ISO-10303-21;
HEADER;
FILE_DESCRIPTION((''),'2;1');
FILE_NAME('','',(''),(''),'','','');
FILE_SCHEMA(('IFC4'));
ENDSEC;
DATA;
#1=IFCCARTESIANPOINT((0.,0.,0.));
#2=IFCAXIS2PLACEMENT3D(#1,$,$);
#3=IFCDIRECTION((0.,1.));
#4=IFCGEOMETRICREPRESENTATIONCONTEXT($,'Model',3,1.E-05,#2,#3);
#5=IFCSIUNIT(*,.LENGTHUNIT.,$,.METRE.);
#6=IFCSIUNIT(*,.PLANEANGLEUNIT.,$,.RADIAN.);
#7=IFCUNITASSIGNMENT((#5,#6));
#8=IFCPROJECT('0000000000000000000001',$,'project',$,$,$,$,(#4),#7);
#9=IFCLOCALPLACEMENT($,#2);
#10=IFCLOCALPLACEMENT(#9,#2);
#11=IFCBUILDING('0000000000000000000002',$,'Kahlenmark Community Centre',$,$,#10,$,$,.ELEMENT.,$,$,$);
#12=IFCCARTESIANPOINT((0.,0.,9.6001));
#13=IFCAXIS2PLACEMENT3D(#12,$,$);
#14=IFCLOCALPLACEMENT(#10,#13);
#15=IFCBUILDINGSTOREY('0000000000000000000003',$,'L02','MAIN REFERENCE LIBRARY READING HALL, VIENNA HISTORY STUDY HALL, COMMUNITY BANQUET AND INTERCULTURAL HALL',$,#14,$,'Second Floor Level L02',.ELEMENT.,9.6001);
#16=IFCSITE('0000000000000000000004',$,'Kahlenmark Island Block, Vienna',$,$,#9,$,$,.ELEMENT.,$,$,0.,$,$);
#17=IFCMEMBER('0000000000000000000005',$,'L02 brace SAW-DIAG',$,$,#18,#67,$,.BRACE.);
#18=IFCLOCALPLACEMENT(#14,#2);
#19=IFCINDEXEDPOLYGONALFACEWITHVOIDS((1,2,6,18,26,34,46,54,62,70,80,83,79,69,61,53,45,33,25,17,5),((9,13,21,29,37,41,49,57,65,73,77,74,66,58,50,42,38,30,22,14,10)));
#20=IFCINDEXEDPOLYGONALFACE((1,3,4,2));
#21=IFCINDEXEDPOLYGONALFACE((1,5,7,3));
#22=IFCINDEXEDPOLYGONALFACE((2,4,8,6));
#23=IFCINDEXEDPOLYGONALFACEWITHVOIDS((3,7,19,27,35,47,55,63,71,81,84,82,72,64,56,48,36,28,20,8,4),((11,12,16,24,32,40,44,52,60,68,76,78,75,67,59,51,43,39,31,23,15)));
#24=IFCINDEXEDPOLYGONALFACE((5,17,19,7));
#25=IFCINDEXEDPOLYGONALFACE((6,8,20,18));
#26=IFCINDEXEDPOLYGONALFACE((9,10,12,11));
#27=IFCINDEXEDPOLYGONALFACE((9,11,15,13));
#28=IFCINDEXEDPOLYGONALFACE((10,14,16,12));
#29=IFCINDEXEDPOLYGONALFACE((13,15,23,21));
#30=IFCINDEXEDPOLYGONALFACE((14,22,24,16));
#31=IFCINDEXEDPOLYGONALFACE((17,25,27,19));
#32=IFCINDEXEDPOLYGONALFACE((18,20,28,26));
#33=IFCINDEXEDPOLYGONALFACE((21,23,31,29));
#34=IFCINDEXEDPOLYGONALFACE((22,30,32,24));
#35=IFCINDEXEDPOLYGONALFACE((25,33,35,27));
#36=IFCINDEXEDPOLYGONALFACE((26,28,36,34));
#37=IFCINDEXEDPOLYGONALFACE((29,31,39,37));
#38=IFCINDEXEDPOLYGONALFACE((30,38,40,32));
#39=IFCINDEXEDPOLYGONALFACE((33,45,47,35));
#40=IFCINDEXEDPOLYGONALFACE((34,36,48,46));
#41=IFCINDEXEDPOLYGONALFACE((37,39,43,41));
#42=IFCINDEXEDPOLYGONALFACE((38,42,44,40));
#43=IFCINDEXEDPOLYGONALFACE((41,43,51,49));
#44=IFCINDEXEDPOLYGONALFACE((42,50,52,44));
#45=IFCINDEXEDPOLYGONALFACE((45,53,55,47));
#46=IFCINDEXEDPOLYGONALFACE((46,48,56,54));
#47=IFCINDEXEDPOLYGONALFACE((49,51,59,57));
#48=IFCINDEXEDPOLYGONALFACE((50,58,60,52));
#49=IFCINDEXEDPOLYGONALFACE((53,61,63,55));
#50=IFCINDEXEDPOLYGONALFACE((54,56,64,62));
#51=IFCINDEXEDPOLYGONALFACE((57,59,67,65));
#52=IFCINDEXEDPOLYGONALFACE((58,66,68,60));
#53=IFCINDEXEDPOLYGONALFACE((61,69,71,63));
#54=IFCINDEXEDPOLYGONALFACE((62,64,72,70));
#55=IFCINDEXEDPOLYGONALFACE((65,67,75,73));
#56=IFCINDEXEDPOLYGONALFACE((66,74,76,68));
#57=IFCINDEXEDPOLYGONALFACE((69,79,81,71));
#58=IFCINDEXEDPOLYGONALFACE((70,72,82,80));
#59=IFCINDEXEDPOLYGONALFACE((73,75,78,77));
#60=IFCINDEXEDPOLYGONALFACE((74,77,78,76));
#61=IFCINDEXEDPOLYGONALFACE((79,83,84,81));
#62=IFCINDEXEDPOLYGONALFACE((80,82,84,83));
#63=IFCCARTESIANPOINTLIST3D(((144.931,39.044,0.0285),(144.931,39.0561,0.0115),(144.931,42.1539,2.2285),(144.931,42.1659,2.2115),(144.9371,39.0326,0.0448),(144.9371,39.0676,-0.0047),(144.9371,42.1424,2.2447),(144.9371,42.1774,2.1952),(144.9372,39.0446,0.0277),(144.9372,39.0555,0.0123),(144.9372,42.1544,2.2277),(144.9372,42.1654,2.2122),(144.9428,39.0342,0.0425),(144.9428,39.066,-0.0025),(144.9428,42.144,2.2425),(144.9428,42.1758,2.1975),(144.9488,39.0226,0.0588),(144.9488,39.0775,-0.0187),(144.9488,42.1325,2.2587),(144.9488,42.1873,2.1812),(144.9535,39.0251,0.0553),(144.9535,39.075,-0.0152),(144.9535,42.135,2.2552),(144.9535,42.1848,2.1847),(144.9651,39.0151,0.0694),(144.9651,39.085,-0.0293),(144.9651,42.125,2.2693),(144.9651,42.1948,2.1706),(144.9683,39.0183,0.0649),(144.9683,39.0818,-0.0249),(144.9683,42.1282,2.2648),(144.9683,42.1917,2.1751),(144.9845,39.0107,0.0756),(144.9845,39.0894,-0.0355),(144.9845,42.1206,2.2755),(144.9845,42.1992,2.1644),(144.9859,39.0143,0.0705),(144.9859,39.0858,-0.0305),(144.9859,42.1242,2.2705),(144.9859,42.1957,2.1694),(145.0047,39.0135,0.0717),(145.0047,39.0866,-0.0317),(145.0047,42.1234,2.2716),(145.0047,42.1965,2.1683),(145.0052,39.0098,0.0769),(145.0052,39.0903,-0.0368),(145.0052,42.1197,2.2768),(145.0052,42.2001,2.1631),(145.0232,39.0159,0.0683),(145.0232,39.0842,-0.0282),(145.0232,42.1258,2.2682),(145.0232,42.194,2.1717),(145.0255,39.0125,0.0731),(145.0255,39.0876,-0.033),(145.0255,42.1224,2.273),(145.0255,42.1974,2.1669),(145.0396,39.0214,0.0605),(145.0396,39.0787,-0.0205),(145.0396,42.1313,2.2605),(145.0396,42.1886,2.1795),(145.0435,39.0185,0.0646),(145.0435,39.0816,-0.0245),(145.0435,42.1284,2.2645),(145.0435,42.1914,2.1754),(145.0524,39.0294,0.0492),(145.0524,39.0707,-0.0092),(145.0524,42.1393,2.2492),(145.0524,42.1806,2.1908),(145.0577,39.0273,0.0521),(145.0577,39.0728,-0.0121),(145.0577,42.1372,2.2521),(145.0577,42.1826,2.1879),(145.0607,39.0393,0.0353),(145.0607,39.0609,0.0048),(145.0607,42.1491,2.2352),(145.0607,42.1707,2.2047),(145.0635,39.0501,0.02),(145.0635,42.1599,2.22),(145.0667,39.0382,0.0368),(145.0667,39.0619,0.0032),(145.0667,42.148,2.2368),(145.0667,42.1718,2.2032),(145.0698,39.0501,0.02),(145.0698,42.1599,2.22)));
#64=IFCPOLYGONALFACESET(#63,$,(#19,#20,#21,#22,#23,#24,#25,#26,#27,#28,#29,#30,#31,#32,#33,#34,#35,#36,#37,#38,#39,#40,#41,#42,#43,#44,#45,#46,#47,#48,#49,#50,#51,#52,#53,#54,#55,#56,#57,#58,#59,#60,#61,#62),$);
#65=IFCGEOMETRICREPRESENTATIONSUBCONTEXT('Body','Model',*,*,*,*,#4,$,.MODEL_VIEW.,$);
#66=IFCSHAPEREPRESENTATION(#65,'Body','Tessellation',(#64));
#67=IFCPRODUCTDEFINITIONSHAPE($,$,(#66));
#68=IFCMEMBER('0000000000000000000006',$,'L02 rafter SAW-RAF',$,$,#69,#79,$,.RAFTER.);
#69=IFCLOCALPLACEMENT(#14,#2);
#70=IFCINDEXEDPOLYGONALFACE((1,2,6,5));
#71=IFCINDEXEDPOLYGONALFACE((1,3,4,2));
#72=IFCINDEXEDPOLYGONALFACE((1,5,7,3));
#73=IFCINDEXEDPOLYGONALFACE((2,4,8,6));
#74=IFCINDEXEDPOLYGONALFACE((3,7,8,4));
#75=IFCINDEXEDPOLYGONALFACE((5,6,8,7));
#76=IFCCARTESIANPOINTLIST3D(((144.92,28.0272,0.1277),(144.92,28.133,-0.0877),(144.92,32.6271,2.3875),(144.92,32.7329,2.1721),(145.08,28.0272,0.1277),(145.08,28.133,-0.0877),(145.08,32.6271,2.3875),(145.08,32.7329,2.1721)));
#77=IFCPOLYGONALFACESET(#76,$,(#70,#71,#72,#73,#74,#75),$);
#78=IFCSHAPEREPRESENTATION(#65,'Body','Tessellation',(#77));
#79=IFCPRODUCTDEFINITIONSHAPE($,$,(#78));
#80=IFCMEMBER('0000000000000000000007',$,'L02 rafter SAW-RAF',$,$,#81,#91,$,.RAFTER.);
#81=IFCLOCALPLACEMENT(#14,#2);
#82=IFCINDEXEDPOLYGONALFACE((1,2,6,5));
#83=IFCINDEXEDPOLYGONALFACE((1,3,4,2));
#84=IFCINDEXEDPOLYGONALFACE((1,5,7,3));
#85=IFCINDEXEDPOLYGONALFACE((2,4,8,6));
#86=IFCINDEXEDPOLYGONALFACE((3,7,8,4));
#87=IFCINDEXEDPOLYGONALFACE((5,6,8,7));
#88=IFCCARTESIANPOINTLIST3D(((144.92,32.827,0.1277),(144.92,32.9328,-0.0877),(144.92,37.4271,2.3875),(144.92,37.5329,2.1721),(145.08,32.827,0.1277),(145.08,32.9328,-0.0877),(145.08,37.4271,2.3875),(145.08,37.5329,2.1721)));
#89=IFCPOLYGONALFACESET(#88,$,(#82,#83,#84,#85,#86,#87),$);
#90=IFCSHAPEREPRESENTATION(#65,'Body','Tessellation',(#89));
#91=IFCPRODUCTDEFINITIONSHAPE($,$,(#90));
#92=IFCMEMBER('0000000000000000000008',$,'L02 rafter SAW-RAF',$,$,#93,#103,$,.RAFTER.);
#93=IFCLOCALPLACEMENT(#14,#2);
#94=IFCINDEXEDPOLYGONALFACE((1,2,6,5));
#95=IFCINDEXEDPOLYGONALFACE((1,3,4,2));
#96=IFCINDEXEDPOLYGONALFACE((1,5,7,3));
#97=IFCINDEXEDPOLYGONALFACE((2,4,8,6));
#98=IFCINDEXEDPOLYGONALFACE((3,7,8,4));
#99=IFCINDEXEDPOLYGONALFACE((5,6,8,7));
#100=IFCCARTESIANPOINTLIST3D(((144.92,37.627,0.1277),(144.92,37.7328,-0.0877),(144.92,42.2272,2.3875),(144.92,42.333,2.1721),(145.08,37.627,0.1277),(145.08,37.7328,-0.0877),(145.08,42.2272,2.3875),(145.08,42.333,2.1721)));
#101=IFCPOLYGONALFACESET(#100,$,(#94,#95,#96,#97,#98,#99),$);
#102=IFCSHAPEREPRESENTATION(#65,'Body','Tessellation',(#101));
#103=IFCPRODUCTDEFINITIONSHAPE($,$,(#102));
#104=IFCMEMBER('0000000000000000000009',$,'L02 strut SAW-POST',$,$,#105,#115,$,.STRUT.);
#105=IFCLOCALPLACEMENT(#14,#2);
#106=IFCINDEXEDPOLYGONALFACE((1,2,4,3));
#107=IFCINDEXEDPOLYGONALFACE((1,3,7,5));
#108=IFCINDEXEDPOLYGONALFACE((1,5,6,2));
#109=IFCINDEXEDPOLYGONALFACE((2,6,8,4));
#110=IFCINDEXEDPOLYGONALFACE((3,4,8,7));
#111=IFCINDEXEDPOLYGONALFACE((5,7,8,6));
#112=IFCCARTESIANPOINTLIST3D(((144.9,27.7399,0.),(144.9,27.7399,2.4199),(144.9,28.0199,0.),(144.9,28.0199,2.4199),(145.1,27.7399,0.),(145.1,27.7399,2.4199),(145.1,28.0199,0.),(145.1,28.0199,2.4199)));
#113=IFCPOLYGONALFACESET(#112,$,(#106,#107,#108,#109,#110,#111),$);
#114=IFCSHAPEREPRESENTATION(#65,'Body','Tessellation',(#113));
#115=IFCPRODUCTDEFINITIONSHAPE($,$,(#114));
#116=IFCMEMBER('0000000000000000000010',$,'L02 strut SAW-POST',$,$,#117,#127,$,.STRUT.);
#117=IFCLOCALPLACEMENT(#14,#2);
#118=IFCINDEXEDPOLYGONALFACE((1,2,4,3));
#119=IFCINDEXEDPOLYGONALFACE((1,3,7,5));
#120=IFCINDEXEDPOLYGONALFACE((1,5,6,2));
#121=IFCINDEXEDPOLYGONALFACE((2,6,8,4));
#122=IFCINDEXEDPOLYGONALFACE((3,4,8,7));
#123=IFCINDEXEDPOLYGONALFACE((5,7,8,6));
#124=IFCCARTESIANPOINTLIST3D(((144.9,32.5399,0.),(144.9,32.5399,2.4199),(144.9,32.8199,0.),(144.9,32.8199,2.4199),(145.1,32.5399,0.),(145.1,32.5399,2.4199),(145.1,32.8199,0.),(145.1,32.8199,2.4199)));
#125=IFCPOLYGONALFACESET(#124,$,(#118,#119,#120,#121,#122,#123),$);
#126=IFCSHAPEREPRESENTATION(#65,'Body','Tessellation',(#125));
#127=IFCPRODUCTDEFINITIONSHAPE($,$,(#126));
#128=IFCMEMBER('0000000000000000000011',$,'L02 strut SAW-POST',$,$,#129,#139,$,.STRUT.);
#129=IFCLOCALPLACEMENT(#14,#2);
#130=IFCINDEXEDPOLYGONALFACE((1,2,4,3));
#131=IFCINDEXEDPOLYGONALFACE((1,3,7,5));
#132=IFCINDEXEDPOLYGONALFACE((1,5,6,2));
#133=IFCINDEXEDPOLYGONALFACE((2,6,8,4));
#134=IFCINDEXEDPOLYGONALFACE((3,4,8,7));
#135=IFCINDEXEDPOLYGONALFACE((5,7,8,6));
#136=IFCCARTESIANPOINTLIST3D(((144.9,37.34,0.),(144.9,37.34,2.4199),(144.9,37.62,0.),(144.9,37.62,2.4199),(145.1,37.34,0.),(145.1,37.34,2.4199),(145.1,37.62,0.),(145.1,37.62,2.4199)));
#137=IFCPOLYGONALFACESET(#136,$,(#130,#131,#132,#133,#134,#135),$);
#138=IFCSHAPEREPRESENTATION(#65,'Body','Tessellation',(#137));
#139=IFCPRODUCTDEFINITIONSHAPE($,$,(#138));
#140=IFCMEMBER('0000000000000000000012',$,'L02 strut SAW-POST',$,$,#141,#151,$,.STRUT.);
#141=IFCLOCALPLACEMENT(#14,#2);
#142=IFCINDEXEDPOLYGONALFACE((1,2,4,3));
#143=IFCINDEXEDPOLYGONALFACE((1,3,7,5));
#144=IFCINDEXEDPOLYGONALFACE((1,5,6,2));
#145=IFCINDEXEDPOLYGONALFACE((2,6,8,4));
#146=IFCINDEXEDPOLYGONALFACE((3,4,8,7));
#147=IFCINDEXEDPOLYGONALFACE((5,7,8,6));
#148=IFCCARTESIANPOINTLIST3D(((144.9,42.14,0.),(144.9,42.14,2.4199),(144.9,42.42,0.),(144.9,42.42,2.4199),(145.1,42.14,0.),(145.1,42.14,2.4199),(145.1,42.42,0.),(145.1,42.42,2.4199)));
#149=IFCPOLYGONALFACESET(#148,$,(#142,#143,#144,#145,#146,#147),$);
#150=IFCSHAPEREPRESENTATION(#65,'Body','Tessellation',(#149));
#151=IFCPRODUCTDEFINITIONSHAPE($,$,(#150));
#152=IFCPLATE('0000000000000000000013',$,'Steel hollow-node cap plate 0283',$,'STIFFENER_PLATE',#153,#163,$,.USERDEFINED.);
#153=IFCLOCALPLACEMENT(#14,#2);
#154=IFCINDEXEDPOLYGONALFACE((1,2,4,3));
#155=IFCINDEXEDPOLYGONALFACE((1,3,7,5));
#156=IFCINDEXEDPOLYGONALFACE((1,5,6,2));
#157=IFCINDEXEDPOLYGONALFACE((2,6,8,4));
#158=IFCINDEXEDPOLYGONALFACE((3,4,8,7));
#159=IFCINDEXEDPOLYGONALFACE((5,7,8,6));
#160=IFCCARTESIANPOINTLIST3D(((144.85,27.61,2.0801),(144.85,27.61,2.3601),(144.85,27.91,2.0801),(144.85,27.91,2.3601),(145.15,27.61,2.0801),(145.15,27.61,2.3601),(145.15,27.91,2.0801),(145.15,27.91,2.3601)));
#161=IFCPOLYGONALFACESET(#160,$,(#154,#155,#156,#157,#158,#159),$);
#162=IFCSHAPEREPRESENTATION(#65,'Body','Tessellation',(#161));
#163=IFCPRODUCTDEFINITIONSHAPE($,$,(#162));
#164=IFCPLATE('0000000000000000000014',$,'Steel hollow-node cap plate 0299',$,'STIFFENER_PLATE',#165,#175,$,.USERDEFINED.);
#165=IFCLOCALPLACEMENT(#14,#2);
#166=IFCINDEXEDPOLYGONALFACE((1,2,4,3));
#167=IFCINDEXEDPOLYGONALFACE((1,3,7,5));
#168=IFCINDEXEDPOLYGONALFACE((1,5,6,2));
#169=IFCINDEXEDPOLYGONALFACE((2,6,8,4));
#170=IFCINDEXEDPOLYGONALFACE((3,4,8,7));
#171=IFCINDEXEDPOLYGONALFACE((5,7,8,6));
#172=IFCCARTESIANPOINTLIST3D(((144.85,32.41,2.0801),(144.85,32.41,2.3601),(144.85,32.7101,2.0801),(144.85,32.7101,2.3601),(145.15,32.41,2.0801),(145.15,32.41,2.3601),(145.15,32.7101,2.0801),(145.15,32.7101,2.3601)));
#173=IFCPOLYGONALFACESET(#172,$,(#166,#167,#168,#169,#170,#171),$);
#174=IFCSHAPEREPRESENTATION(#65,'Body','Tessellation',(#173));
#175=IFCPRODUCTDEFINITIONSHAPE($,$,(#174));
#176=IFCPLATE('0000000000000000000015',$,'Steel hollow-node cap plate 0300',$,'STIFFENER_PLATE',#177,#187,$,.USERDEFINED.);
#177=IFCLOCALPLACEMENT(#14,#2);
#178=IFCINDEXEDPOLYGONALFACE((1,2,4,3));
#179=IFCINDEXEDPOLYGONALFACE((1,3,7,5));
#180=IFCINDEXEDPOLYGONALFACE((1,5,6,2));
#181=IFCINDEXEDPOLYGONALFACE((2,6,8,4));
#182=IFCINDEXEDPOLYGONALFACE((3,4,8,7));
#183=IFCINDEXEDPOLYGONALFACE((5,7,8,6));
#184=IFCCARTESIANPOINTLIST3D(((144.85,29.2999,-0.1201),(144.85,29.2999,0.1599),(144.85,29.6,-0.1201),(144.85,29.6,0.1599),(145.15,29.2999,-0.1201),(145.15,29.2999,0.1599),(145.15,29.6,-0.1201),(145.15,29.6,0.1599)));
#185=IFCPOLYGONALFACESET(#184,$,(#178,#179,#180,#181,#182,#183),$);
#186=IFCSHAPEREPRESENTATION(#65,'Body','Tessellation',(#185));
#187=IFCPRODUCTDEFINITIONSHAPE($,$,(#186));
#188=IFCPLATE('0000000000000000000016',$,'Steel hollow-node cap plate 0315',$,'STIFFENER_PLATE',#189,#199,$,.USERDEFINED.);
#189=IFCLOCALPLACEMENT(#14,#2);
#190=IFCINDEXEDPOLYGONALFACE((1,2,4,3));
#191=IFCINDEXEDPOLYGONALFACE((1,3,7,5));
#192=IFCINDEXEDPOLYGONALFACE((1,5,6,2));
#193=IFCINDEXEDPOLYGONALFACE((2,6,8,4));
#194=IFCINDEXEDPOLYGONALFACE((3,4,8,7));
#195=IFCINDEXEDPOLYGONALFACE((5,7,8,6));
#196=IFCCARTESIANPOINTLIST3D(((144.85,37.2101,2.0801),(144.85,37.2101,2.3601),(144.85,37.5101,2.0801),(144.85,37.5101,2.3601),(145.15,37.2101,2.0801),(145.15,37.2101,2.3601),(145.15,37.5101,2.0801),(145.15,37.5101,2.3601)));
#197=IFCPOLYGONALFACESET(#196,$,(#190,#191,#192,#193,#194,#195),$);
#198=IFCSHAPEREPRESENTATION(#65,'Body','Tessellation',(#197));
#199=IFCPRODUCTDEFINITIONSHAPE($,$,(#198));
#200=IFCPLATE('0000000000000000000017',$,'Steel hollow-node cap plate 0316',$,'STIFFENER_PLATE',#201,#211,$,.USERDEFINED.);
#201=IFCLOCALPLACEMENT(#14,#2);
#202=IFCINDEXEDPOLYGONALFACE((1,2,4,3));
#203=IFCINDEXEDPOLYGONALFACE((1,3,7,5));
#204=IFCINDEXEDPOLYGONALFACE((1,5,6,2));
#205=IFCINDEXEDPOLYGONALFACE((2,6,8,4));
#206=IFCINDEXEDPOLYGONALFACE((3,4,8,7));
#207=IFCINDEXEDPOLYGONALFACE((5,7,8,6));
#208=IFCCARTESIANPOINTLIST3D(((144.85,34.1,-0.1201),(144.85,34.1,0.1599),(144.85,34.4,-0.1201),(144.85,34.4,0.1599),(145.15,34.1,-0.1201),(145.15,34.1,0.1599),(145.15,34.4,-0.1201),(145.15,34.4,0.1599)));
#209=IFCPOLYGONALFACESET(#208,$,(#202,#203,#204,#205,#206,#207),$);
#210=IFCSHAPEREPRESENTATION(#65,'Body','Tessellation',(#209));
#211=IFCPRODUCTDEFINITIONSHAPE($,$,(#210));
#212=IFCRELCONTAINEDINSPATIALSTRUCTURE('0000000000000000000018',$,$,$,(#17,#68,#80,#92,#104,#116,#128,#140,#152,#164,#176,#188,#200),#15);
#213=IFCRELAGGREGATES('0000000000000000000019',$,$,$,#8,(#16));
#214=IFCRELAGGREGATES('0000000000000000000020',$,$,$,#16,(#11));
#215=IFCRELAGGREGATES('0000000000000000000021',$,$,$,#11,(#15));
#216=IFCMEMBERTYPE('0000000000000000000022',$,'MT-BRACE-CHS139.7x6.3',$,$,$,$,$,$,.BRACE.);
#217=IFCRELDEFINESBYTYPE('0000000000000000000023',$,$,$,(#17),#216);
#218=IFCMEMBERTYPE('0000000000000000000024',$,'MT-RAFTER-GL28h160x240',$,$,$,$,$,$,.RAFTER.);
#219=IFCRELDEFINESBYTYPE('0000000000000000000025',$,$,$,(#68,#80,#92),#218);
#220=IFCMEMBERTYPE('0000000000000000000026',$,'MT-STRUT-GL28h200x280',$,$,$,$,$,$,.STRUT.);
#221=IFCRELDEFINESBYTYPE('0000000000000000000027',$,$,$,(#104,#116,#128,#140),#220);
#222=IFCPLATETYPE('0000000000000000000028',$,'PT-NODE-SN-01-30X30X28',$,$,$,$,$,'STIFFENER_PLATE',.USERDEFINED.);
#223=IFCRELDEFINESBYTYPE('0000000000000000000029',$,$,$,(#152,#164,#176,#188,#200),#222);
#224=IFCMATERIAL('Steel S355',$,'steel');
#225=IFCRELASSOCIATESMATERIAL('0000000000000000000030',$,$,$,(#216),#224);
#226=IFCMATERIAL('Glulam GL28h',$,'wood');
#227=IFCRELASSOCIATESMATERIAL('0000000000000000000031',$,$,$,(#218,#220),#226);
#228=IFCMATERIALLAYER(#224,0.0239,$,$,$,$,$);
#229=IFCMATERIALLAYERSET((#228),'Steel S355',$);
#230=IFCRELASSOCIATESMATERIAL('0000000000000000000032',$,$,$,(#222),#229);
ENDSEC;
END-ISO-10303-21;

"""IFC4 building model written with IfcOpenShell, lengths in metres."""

from ifc_helpers import new_model, si_unit, direction, frame, origin, origin_2d, place, context, subcontext, project, spatial, rectangle, hollow_circle, extrude, material, layer, layer_set, material_profile, profile_set, type_object, element, save


model = new_model("IFC4")

# Units and contexts
model_context = context("Model", 3, precision=1e-05, world=origin(), true_north=direction((0.0, 1.0)))
body_context = subcontext(model_context, "Body", "Model", "MODEL_VIEW")
ifc_project = project(units=[si_unit("LENGTHUNIT", "METRE"), si_unit("PLANEANGLEUNIT", "RADIAN")], contexts=[model_context])

# Site, building, storey
site_placement = place(None, origin())
site = spatial("IfcSite", under=ifc_project, at=site_placement, Name="Kahlenmark Island Block, Vienna", CompositionType="ELEMENT", RefElevation=0.0)
building_placement = place(site_placement, origin())
building = spatial("IfcBuilding", under=site, at=building_placement, Name="Kahlenmark Community Centre", CompositionType="ELEMENT")
storey_placement = place(building_placement, frame((0.0, 0.0, 9.6001)))
storey = spatial("IfcBuildingStorey", under=building, at=storey_placement, Name="L02", Description="MAIN REFERENCE LIBRARY READING HALL, VIENNA HISTORY STUDY HALL, COMMUNITY BANQUET AND INTERCULTURAL HALL", LongName="Second Floor Level L02", CompositionType="ELEMENT", Elevation=9.6001)

# Members
ifc_material_1 = material(Name="Steel S355", Category="steel")
ifc_material_profile_1 = material_profile(ifc_material_1, hollow_circle(Radius=0.0698, WallThickness=0.0063, at=origin_2d()), Name="CHS 139.7x6.3")
ifc_profile_set_1 = profile_set([ifc_material_profile_1], Name="Steel S355")
member_type_1 = type_object("IfcMemberType", Name="MT-BRACE-CHS139.7x6.3", PredefinedType="BRACE", material=ifc_profile_set_1)
member_1_placement = place(storey_placement, frame((145.0, 42.1599, 2.22), z_axis=(0.0, -0.81638, -0.577516), x_axis=(1.0, 0.0, 0.0)))
element("IfcMember", 1, at=member_1_placement, inside=storey, type_object=member_type_1, Name="L02 brace SAW-DIAG", PredefinedType="BRACE", context=body_context, shape_type="SweptSolid", body=[
    extrude(hollow_circle(Radius=0.0698, WallThickness=0.0063, at=origin_2d()), origin(), (0.0, 0.0, 1.0), 3.8093),
])
ifc_material_2 = material(Name="Glulam GL28h", Category="wood")
ifc_material_profile_2 = material_profile(ifc_material_2, rectangle(XDim=0.1599, YDim=0.24, at=origin_2d()), Name="GL28h 160x240")
ifc_profile_set_2 = profile_set([ifc_material_profile_2], Name="Glulam GL28h")
member_type_2 = type_object("IfcMemberType", Name="MT-RAFTER-GL28h160x240", PredefinedType="RAFTER", material=ifc_profile_set_2)
member_2_placement = place(storey_placement, frame((145.0, 28.0801, 0.02), z_axis=(0.0, 0.89754, 0.440934), x_axis=(-1.0, 0.0, 0.0)))
element("IfcMember", 2, at=member_2_placement, inside=storey, type_object=member_type_2, Name="L02 rafter SAW-RAF", PredefinedType="RAFTER", context=body_context, shape_type="SweptSolid", body=[
    extrude(rectangle(XDim=0.1599, YDim=0.24, at=origin_2d()), origin(), (0.0, 0.0, 1.0), 5.125),
])
for number, where, z_axis, x_axis, name in (
    (3, (145.0, 32.8799, 0.02), (0.0, 0.897549, 0.440915), (-1.0, 0.0, 0.0), "L02 rafter SAW-RAF"),
    (4, (145.0, 37.6799, 0.02), (0.0, 0.897549, 0.440915), (-1.0, 0.0, 0.0), "L02 rafter SAW-RAF"),
):
    element("IfcMember", number, at=place(storey_placement, frame(where, z_axis=z_axis, x_axis=x_axis)), inside=storey, type_object=member_type_2, Name=name, PredefinedType="RAFTER", context=body_context, shape_type="SweptSolid", body=[
        extrude(rectangle(XDim=0.1599, YDim=0.24, at=origin_2d()), origin(), (0.0, 0.0, 1.0), 5.1252),
    ])
ifc_material_profile_3 = material_profile(ifc_material_2, rectangle(XDim=0.2, YDim=0.28, at=origin_2d()), Name="GL28h 200x280")
ifc_profile_set_3 = profile_set([ifc_material_profile_3], Name="Glulam GL28h")
member_type_3 = type_object("IfcMemberType", Name="MT-STRUT-GL28h200x280", PredefinedType="STRUT", material=ifc_profile_set_3)
for number, where, z_axis, x_axis, name in (
    (5, (145.0, 27.8799, 0.0), (0.0, 0.0, 1.0), (1.0, 0.0, 0.0), "L02 strut SAW-POST"),
    (6, (145.0, 32.6799, 0.0), (0.0, 0.0, 1.0), (1.0, 0.0, 0.0), "L02 strut SAW-POST"),
    (7, (145.0, 37.48, 0.0), (0.0, 0.0, 1.0), (1.0, 0.0, 0.0), "L02 strut SAW-POST"),
    (8, (145.0, 42.28, 0.0), (0.0, 0.0, 1.0), (1.0, 0.0, 0.0), "L02 strut SAW-POST"),
):
    element("IfcMember", number, at=place(storey_placement, frame(where, z_axis=z_axis, x_axis=x_axis)), inside=storey, type_object=member_type_3, Name=name, PredefinedType="STRUT", context=body_context, shape_type="SweptSolid", body=[
        extrude(rectangle(XDim=0.2, YDim=0.28, at=origin_2d()), origin(), (0.0, 0.0, 1.0), 2.4199),
    ])

# Plates
ifc_layer_1 = layer(ifc_material_1, 0.0239)
ifc_layer_set_1 = layer_set([ifc_layer_1], Name="Steel S355")
plate_type_1 = type_object("IfcPlateType", Name="PT-NODE-SN-01-30X30X28", ElementType="STIFFENER_PLATE", PredefinedType="USERDEFINED", material=ifc_layer_set_1)
for number, where, z_axis, x_axis, name in (
    (9, (145.0, 27.76, 2.0801), (0.0, 0.0, 1.0), (1.0, 0.0, 0.0), "Steel hollow-node cap plate 0283"),
    (10, (145.0, 32.5601, 2.0801), (0.0, 0.0, 1.0), (1.0, 0.0, 0.0), "Steel hollow-node cap plate 0299"),
    (11, (145.0, 29.45, -0.1201), (0.0, 0.0, 1.0), (1.0, 0.0, 0.0), "Steel hollow-node cap plate 0300"),
    (12, (145.0, 37.3601, 2.0801), (0.0, 0.0, 1.0), (1.0, 0.0, 0.0), "Steel hollow-node cap plate 0315"),
    (13, (145.0, 34.25, -0.1201), (0.0, 0.0, 1.0), (1.0, 0.0, 0.0), "Steel hollow-node cap plate 0316"),
):
    element("IfcPlate", number, at=place(storey_placement, frame(where, z_axis=z_axis, x_axis=x_axis)), inside=storey, type_object=plate_type_1, Name=name, ObjectType="STIFFENER_PLATE", PredefinedType="USERDEFINED", context=body_context, shape_type="SweptSolid", body=[
        extrude(rectangle(XDim=0.3, YDim=0.3, at=origin_2d()), origin(), (0.0, 0.0, 1.0), 0.28),
    ])

save(model, "model.ifc")
